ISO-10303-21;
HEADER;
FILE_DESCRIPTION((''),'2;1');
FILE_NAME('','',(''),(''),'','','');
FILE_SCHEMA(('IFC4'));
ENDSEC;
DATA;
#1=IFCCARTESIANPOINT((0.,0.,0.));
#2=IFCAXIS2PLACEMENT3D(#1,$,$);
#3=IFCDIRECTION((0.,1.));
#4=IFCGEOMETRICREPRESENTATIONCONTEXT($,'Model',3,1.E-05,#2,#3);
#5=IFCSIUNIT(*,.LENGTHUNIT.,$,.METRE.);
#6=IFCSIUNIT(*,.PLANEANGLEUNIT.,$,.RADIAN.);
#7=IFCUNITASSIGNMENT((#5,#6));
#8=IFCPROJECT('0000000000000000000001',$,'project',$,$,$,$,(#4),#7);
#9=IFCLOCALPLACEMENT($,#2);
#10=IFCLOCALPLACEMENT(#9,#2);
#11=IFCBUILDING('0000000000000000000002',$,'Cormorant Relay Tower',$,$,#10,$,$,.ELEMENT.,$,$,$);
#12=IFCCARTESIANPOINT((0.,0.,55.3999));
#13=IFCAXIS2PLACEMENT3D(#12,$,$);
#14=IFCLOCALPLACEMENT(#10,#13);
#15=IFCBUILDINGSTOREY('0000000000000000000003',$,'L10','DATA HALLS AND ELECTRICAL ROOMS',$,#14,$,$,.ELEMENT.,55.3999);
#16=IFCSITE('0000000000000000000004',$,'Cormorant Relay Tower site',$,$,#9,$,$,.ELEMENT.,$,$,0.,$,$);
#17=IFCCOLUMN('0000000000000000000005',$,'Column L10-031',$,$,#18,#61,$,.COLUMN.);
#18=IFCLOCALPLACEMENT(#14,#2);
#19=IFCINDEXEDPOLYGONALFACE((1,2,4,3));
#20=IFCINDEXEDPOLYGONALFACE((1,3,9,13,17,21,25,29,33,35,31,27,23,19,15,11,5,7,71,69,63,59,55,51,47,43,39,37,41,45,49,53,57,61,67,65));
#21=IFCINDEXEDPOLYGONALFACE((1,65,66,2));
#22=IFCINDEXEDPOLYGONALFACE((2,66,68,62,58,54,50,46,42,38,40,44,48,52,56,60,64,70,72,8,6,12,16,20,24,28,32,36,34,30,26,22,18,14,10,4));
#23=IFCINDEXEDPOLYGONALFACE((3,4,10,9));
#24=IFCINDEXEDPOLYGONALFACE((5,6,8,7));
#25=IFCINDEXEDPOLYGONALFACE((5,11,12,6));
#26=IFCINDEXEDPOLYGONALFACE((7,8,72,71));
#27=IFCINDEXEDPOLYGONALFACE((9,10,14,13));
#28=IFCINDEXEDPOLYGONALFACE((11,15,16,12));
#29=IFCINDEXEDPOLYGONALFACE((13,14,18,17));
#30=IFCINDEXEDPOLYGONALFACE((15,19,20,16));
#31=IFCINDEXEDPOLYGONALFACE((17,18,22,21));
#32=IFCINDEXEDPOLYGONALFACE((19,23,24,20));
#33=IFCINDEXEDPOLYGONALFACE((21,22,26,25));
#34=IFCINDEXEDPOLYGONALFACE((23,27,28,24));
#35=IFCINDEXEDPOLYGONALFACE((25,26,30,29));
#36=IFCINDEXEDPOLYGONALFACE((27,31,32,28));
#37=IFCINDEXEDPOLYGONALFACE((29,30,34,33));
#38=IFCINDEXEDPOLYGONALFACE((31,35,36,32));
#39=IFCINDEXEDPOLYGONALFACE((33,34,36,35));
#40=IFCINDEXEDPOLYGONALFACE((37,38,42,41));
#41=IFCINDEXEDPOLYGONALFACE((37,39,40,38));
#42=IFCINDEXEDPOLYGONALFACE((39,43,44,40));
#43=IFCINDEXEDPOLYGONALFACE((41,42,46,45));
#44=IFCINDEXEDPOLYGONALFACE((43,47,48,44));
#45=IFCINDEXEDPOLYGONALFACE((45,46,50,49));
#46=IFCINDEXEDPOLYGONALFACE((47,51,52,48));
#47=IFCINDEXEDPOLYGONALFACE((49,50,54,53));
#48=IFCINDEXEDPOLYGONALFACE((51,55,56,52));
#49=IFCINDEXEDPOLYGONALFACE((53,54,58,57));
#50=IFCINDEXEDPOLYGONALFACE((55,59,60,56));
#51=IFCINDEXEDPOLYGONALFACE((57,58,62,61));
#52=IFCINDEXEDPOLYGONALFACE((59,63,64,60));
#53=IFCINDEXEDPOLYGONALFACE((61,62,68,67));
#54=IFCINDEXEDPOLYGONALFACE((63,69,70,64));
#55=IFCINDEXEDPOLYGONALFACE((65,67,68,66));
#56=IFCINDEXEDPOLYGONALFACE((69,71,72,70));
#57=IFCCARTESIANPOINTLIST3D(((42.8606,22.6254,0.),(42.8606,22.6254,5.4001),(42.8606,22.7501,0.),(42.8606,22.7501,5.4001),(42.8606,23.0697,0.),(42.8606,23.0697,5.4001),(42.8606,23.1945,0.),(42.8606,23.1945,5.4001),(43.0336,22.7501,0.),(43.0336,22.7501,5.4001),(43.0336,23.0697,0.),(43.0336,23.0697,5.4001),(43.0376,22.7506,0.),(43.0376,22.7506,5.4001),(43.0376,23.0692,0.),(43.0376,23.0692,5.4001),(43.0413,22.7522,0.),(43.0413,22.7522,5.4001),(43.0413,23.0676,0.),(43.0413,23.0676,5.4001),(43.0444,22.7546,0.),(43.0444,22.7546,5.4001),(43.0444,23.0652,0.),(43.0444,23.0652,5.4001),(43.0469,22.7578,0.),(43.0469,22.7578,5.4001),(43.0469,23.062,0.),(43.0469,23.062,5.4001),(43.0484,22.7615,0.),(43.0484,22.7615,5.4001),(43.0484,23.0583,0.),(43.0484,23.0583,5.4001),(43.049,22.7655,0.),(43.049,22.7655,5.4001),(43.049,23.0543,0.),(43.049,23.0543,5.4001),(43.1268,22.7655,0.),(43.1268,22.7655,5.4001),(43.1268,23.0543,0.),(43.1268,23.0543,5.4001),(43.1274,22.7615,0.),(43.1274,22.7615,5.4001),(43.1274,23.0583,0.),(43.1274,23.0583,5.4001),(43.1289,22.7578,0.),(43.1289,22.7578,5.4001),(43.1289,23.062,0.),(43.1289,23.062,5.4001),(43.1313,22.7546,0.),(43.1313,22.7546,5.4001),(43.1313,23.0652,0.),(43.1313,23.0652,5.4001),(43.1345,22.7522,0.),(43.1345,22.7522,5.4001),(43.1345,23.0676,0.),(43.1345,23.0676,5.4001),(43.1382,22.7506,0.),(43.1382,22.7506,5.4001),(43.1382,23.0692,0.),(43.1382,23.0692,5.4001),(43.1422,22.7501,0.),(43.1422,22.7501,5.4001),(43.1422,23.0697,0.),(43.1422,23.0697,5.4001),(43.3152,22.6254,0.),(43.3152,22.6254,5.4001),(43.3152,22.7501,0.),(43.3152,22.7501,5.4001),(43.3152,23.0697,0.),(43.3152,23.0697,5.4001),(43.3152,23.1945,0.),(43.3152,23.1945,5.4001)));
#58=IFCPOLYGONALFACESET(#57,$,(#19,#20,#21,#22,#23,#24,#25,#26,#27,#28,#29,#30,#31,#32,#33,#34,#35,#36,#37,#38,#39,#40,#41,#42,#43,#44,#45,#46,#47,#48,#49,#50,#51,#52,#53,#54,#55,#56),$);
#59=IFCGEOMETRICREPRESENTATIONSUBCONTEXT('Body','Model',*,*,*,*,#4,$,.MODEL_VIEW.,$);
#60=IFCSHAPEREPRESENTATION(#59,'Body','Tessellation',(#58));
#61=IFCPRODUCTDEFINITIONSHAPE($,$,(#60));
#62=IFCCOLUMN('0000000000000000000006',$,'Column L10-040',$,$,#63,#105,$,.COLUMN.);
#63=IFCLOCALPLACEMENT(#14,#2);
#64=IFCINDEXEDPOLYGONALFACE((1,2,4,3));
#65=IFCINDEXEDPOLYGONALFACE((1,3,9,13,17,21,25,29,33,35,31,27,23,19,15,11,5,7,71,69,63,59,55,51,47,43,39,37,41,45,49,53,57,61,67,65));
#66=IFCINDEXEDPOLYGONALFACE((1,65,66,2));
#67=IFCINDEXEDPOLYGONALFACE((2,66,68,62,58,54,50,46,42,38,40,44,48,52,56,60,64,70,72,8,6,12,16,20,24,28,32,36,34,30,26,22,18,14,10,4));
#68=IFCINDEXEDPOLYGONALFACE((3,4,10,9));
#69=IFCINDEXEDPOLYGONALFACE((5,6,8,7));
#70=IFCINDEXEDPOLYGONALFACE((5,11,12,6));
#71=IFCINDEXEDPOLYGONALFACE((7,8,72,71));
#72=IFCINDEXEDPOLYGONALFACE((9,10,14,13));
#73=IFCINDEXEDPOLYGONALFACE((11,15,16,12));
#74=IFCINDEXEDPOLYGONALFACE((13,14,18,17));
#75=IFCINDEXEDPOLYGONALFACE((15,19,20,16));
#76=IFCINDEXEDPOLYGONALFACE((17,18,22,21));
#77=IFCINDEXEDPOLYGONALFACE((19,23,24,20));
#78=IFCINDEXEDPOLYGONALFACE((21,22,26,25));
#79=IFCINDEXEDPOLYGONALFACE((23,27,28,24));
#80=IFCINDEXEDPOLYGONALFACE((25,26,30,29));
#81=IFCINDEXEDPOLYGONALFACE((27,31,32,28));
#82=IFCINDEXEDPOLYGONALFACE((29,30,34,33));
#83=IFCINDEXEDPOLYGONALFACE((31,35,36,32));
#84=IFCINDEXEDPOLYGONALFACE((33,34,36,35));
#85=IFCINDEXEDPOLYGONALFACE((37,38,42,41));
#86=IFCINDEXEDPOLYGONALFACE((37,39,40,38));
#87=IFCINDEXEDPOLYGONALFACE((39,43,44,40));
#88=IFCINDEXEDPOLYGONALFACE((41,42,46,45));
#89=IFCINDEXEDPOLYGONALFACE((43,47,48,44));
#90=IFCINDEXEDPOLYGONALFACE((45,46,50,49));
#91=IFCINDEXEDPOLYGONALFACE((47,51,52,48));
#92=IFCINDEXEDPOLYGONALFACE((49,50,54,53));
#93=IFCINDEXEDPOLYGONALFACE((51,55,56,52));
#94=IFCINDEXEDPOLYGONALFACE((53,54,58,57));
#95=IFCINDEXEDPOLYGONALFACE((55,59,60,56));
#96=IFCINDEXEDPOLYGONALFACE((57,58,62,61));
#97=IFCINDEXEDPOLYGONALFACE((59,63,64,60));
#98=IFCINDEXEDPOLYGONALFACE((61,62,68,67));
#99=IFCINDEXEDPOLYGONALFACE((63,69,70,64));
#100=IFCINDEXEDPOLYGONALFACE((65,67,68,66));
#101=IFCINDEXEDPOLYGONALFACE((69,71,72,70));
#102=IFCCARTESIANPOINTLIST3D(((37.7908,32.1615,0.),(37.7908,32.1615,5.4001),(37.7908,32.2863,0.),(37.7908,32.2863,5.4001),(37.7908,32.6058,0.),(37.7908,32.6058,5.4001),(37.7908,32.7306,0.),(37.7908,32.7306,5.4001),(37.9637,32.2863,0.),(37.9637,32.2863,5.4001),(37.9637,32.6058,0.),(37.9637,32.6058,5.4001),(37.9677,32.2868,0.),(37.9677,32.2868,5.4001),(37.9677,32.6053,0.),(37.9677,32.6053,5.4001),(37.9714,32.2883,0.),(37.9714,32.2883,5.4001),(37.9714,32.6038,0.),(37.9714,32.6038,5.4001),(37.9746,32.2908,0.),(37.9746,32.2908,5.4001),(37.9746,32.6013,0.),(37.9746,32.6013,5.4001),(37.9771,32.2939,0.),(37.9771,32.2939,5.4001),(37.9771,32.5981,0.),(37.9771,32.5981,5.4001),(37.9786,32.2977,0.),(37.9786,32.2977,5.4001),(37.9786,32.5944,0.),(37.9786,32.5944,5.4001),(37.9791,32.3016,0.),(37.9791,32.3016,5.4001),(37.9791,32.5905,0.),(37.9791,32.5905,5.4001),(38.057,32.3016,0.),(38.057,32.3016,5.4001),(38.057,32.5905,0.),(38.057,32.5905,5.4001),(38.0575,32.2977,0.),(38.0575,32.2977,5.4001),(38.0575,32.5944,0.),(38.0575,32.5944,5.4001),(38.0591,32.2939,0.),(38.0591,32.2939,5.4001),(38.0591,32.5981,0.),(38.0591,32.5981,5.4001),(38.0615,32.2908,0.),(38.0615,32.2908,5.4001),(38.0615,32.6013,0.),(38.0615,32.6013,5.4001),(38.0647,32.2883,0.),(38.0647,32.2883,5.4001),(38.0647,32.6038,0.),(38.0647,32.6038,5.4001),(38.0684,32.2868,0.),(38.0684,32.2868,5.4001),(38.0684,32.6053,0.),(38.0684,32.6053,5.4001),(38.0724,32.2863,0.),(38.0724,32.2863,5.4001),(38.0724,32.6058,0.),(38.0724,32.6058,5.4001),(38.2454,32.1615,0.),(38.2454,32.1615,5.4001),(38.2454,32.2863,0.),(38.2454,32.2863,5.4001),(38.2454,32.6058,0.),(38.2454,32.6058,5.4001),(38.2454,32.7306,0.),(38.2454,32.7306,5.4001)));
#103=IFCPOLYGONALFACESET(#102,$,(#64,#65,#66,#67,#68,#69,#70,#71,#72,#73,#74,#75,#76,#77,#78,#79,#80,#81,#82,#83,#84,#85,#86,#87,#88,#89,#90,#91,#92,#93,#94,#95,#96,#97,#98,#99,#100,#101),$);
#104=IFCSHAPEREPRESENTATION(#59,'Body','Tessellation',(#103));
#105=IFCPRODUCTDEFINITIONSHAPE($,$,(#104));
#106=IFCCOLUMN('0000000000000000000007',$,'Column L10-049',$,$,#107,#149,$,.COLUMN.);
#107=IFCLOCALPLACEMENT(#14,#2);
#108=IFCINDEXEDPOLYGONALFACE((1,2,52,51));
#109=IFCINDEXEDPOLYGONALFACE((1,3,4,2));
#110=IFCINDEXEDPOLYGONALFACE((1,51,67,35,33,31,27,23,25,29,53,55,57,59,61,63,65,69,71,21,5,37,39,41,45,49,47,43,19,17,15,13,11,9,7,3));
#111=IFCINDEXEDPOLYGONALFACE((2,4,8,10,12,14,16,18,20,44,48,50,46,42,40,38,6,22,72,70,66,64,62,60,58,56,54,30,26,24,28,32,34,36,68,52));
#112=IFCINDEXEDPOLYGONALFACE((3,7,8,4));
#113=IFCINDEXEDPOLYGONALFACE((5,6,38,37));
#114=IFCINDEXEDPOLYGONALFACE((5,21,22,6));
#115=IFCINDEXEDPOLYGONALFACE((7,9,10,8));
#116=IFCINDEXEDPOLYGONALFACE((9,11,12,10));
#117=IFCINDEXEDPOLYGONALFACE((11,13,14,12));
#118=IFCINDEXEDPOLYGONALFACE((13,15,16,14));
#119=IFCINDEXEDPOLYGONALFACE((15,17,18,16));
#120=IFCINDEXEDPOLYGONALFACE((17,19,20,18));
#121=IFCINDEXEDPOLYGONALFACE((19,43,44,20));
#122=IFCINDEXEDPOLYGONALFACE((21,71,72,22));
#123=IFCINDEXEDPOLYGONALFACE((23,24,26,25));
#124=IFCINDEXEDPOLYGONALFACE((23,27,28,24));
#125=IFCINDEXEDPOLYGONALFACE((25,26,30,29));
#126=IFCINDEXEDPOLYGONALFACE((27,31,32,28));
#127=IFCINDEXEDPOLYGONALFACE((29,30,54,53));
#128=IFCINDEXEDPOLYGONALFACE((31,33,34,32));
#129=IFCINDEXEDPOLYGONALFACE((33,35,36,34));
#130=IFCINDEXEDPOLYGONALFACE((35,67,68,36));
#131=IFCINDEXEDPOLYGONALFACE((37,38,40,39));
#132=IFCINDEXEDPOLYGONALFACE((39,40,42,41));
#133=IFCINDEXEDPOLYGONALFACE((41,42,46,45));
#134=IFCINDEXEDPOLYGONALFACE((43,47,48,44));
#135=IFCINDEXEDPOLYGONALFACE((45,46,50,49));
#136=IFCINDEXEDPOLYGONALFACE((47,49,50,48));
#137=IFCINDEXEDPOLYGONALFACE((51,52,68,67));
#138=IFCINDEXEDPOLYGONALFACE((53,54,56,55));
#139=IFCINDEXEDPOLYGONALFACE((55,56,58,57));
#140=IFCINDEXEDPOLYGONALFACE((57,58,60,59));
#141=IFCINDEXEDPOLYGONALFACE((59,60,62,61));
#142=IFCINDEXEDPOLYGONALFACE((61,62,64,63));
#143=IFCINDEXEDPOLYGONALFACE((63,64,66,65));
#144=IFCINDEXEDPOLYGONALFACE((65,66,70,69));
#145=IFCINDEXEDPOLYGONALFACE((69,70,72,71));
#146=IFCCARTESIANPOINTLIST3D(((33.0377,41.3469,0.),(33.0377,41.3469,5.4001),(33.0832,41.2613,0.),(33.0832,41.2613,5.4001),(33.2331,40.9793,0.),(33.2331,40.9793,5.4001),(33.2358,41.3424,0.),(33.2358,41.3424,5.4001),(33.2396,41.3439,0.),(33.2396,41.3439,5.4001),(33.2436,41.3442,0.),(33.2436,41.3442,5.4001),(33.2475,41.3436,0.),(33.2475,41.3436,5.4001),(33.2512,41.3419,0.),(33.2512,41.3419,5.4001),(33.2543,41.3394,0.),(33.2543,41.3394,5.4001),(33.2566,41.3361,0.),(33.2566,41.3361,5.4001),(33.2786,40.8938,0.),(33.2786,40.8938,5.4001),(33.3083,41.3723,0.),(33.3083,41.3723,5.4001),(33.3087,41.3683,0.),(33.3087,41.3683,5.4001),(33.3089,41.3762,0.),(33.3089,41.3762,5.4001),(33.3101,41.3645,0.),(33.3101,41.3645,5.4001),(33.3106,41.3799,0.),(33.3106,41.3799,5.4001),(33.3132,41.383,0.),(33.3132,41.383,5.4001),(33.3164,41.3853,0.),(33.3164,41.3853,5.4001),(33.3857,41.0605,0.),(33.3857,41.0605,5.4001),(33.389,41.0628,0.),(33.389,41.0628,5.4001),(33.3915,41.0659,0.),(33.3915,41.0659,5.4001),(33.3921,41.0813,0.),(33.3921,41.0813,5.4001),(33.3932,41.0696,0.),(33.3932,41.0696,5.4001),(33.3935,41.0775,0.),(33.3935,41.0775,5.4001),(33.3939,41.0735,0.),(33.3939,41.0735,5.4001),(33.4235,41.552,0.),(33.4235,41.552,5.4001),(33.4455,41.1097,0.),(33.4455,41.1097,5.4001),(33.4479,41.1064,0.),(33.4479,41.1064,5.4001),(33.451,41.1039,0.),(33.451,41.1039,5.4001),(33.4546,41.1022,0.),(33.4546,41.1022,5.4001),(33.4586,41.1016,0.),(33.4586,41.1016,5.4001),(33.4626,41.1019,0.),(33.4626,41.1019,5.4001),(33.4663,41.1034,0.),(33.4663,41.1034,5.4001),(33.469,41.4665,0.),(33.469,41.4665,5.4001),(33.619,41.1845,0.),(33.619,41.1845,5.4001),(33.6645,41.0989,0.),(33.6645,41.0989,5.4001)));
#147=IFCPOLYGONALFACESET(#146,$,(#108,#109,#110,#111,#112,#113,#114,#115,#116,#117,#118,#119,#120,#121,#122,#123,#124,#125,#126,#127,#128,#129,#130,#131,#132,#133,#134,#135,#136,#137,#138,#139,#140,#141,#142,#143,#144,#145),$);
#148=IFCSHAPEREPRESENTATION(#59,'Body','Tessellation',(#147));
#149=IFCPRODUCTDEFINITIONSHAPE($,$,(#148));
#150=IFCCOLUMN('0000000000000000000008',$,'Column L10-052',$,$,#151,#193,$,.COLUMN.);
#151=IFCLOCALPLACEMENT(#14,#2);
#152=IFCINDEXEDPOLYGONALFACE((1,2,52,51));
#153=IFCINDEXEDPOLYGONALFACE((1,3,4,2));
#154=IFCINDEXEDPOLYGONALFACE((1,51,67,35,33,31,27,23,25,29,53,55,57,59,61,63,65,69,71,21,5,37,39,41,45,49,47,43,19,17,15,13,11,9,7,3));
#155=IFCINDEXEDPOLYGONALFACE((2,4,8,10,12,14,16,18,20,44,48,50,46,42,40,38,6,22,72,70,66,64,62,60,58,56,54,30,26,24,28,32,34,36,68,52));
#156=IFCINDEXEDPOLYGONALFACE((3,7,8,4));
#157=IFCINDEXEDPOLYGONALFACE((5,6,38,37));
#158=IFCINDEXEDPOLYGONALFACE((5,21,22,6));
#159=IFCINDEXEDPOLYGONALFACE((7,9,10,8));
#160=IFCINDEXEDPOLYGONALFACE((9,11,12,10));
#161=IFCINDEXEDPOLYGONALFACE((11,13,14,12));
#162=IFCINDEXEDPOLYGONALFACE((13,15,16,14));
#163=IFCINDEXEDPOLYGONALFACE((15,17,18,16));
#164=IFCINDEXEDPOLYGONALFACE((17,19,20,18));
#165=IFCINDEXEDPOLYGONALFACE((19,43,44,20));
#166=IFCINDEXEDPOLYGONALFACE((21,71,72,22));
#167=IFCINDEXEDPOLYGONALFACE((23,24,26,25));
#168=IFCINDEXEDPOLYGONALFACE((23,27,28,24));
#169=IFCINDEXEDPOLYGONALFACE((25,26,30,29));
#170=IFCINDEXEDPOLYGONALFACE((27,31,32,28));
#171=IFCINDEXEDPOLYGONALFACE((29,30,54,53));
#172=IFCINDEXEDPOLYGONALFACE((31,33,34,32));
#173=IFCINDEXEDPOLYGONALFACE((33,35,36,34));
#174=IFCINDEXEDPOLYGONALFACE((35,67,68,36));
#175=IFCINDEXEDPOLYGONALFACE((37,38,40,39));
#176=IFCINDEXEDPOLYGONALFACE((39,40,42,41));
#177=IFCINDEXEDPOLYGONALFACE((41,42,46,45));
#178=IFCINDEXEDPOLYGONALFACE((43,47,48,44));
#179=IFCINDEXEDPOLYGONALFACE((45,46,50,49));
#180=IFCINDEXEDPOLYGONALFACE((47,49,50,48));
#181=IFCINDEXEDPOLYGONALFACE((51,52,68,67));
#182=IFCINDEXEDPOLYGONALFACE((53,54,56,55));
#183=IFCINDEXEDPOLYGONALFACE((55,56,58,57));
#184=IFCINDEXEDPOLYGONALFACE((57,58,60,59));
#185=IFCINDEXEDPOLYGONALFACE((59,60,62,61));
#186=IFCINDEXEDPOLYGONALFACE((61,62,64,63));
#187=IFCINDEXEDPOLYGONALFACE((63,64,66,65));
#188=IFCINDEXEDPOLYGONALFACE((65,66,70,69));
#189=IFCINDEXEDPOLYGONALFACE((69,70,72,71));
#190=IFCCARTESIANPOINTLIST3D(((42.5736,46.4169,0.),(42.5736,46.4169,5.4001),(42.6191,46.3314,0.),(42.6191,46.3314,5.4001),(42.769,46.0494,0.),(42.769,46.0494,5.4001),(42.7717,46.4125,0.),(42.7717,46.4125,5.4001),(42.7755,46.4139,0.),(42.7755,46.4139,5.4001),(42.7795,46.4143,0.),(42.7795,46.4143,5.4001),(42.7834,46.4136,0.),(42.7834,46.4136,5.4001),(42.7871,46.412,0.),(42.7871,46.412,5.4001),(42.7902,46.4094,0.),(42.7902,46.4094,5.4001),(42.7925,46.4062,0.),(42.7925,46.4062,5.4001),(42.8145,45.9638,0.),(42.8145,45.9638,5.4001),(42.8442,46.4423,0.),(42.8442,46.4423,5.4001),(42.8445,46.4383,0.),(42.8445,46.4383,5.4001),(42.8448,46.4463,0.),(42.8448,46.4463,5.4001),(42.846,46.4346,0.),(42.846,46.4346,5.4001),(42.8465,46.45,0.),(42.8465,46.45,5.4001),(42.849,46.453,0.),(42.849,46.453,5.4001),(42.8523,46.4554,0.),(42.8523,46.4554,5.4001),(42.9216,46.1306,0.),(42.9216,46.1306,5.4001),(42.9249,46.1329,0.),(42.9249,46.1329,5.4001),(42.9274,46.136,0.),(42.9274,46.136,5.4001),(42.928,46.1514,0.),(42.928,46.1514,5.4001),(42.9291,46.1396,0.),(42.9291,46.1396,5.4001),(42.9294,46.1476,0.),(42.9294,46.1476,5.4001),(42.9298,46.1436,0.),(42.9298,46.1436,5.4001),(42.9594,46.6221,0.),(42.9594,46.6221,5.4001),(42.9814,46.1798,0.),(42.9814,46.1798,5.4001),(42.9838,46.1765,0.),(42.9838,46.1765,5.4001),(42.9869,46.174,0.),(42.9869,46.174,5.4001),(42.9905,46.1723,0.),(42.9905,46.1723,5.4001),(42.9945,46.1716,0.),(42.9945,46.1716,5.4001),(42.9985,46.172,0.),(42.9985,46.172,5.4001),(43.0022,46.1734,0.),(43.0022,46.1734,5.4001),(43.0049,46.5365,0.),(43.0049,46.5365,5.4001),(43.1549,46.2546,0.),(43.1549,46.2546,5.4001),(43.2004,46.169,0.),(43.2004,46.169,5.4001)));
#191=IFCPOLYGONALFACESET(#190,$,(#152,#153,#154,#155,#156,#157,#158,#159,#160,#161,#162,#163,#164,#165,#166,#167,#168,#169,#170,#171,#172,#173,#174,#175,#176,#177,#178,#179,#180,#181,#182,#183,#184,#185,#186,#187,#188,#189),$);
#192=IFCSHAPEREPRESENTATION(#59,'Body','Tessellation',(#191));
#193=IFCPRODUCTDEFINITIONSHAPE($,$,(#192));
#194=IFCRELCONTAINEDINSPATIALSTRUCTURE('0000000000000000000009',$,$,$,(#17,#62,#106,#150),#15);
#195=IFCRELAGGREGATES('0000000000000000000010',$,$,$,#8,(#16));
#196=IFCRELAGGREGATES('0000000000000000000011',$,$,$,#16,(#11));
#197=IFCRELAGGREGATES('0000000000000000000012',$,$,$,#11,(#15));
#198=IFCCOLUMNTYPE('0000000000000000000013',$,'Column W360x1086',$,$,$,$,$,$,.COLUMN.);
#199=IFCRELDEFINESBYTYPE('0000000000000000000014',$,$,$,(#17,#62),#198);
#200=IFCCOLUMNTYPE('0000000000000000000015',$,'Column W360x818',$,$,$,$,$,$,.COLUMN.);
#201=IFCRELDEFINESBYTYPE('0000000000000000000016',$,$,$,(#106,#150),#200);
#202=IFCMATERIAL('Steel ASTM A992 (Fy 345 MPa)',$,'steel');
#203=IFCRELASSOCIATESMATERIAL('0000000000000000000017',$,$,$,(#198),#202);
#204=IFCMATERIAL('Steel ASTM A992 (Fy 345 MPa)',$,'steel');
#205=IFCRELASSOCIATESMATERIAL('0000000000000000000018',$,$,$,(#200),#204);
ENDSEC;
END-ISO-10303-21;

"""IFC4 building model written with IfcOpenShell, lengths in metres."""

from ifc_helpers import new_model, si_unit, direction, frame, origin, origin_2d, place, context, subcontext, project, spatial, i_section, extrude, material, material_profile, profile_set, type_object, element, save


model = new_model("IFC4")

# Units and contexts
model_context = context("Model", 3, precision=1e-05, world=origin(), true_north=direction((0.0, 1.0)))
body_context = subcontext(model_context, "Body", "Model", "MODEL_VIEW")
ifc_project = project(units=[si_unit("LENGTHUNIT", "METRE"), si_unit("PLANEANGLEUNIT", "RADIAN")], contexts=[model_context])

# Site, building, storey
site_placement = place(None, origin())
site = spatial("IfcSite", under=ifc_project, at=site_placement, Name="Cormorant Relay Tower site", CompositionType="ELEMENT", RefElevation=0.0)
building_placement = place(site_placement, origin())
building = spatial("IfcBuilding", under=site, at=building_placement, Name="Cormorant Relay Tower", CompositionType="ELEMENT")
storey_placement = place(building_placement, frame((0.0, 0.0, 55.3999)))
storey = spatial("IfcBuildingStorey", under=building, at=storey_placement, Name="L10", Description="DATA HALLS AND ELECTRICAL ROOMS", CompositionType="ELEMENT", Elevation=55.3999)

# Columns
ifc_material_1 = material(Name="Steel ASTM A992 (Fy 345 MPa)", Category="steel")
ifc_material_profile_1 = material_profile(ifc_material_1, i_section(OverallWidth=0.4546, OverallDepth=0.5691, WebThickness=0.0779, FlangeThickness=0.1248, FilletRadius=0.0154, at=origin_2d()), Name="W360x1086")
ifc_profile_set_1 = profile_set([ifc_material_profile_1], Name="Steel ASTM A992 (Fy 345 MPa)")
column_type_1 = type_object("IfcColumnType", Name="Column W360x1086", PredefinedType="COLUMN", material=ifc_profile_set_1)
for number, where, z_axis, x_axis, name in (
    (1, (43.0879, 22.9099, 0.0), (0.0, 0.0, 1.0), (1.0, 0.0, 0.0), "Column L10-031"),
    (2, (38.0181, 32.446, 0.0), (0.0, 0.0, 1.0), (1.0, 0.0, 0.0), "Column L10-040"),
):
    element("IfcColumn", number, at=place(storey_placement, frame(where, z_axis=z_axis, x_axis=x_axis)), inside=storey, type_object=column_type_1, Name=name, PredefinedType="COLUMN", context=body_context, shape_type="SweptSolid", body=[
        extrude(i_section(OverallWidth=0.4546, OverallDepth=0.5691, WebThickness=0.0779, FlangeThickness=0.1248, FilletRadius=0.0154, at=origin_2d()), origin(), (0.0, 0.0, 1.0), 5.4001),
    ])
ifc_material_2 = material(Name="Steel ASTM A992 (Fy 345 MPa)", Category="steel")
ifc_material_profile_2 = material_profile(ifc_material_2, i_section(OverallWidth=0.437, OverallDepth=0.5132, WebThickness=0.0605, FlangeThickness=0.0969, FilletRadius=0.0154, at=origin_2d()), Name="W360x818")
ifc_profile_set_2 = profile_set([ifc_material_profile_2], Name="Steel ASTM A992 (Fy 345 MPa)")
column_type_2 = type_object("IfcColumnType", Name="Column W360x818", PredefinedType="COLUMN", material=ifc_profile_set_2)
for number, where, z_axis, x_axis, name in (
    (3, (33.3511, 41.2229, 0.0), (0.0, 0.0, 1.0), (-0.882948, -0.469472, 0.0), "Column L10-049"),
    (4, (42.887, 46.293, 0.0), (0.0, 0.0, 1.0), (-0.882948, -0.469472, 0.0), "Column L10-052"),
):
    element("IfcColumn", number, at=place(storey_placement, frame(where, z_axis=z_axis, x_axis=x_axis)), inside=storey, type_object=column_type_2, Name=name, PredefinedType="COLUMN", context=body_context, shape_type="SweptSolid", body=[
        extrude(i_section(OverallWidth=0.437, OverallDepth=0.5132, WebThickness=0.0605, FlangeThickness=0.0969, FilletRadius=0.0154, at=origin_2d()), origin(), (0.0, 0.0, 1.0), 5.4001),
    ])

save(model, "model.ifc")
